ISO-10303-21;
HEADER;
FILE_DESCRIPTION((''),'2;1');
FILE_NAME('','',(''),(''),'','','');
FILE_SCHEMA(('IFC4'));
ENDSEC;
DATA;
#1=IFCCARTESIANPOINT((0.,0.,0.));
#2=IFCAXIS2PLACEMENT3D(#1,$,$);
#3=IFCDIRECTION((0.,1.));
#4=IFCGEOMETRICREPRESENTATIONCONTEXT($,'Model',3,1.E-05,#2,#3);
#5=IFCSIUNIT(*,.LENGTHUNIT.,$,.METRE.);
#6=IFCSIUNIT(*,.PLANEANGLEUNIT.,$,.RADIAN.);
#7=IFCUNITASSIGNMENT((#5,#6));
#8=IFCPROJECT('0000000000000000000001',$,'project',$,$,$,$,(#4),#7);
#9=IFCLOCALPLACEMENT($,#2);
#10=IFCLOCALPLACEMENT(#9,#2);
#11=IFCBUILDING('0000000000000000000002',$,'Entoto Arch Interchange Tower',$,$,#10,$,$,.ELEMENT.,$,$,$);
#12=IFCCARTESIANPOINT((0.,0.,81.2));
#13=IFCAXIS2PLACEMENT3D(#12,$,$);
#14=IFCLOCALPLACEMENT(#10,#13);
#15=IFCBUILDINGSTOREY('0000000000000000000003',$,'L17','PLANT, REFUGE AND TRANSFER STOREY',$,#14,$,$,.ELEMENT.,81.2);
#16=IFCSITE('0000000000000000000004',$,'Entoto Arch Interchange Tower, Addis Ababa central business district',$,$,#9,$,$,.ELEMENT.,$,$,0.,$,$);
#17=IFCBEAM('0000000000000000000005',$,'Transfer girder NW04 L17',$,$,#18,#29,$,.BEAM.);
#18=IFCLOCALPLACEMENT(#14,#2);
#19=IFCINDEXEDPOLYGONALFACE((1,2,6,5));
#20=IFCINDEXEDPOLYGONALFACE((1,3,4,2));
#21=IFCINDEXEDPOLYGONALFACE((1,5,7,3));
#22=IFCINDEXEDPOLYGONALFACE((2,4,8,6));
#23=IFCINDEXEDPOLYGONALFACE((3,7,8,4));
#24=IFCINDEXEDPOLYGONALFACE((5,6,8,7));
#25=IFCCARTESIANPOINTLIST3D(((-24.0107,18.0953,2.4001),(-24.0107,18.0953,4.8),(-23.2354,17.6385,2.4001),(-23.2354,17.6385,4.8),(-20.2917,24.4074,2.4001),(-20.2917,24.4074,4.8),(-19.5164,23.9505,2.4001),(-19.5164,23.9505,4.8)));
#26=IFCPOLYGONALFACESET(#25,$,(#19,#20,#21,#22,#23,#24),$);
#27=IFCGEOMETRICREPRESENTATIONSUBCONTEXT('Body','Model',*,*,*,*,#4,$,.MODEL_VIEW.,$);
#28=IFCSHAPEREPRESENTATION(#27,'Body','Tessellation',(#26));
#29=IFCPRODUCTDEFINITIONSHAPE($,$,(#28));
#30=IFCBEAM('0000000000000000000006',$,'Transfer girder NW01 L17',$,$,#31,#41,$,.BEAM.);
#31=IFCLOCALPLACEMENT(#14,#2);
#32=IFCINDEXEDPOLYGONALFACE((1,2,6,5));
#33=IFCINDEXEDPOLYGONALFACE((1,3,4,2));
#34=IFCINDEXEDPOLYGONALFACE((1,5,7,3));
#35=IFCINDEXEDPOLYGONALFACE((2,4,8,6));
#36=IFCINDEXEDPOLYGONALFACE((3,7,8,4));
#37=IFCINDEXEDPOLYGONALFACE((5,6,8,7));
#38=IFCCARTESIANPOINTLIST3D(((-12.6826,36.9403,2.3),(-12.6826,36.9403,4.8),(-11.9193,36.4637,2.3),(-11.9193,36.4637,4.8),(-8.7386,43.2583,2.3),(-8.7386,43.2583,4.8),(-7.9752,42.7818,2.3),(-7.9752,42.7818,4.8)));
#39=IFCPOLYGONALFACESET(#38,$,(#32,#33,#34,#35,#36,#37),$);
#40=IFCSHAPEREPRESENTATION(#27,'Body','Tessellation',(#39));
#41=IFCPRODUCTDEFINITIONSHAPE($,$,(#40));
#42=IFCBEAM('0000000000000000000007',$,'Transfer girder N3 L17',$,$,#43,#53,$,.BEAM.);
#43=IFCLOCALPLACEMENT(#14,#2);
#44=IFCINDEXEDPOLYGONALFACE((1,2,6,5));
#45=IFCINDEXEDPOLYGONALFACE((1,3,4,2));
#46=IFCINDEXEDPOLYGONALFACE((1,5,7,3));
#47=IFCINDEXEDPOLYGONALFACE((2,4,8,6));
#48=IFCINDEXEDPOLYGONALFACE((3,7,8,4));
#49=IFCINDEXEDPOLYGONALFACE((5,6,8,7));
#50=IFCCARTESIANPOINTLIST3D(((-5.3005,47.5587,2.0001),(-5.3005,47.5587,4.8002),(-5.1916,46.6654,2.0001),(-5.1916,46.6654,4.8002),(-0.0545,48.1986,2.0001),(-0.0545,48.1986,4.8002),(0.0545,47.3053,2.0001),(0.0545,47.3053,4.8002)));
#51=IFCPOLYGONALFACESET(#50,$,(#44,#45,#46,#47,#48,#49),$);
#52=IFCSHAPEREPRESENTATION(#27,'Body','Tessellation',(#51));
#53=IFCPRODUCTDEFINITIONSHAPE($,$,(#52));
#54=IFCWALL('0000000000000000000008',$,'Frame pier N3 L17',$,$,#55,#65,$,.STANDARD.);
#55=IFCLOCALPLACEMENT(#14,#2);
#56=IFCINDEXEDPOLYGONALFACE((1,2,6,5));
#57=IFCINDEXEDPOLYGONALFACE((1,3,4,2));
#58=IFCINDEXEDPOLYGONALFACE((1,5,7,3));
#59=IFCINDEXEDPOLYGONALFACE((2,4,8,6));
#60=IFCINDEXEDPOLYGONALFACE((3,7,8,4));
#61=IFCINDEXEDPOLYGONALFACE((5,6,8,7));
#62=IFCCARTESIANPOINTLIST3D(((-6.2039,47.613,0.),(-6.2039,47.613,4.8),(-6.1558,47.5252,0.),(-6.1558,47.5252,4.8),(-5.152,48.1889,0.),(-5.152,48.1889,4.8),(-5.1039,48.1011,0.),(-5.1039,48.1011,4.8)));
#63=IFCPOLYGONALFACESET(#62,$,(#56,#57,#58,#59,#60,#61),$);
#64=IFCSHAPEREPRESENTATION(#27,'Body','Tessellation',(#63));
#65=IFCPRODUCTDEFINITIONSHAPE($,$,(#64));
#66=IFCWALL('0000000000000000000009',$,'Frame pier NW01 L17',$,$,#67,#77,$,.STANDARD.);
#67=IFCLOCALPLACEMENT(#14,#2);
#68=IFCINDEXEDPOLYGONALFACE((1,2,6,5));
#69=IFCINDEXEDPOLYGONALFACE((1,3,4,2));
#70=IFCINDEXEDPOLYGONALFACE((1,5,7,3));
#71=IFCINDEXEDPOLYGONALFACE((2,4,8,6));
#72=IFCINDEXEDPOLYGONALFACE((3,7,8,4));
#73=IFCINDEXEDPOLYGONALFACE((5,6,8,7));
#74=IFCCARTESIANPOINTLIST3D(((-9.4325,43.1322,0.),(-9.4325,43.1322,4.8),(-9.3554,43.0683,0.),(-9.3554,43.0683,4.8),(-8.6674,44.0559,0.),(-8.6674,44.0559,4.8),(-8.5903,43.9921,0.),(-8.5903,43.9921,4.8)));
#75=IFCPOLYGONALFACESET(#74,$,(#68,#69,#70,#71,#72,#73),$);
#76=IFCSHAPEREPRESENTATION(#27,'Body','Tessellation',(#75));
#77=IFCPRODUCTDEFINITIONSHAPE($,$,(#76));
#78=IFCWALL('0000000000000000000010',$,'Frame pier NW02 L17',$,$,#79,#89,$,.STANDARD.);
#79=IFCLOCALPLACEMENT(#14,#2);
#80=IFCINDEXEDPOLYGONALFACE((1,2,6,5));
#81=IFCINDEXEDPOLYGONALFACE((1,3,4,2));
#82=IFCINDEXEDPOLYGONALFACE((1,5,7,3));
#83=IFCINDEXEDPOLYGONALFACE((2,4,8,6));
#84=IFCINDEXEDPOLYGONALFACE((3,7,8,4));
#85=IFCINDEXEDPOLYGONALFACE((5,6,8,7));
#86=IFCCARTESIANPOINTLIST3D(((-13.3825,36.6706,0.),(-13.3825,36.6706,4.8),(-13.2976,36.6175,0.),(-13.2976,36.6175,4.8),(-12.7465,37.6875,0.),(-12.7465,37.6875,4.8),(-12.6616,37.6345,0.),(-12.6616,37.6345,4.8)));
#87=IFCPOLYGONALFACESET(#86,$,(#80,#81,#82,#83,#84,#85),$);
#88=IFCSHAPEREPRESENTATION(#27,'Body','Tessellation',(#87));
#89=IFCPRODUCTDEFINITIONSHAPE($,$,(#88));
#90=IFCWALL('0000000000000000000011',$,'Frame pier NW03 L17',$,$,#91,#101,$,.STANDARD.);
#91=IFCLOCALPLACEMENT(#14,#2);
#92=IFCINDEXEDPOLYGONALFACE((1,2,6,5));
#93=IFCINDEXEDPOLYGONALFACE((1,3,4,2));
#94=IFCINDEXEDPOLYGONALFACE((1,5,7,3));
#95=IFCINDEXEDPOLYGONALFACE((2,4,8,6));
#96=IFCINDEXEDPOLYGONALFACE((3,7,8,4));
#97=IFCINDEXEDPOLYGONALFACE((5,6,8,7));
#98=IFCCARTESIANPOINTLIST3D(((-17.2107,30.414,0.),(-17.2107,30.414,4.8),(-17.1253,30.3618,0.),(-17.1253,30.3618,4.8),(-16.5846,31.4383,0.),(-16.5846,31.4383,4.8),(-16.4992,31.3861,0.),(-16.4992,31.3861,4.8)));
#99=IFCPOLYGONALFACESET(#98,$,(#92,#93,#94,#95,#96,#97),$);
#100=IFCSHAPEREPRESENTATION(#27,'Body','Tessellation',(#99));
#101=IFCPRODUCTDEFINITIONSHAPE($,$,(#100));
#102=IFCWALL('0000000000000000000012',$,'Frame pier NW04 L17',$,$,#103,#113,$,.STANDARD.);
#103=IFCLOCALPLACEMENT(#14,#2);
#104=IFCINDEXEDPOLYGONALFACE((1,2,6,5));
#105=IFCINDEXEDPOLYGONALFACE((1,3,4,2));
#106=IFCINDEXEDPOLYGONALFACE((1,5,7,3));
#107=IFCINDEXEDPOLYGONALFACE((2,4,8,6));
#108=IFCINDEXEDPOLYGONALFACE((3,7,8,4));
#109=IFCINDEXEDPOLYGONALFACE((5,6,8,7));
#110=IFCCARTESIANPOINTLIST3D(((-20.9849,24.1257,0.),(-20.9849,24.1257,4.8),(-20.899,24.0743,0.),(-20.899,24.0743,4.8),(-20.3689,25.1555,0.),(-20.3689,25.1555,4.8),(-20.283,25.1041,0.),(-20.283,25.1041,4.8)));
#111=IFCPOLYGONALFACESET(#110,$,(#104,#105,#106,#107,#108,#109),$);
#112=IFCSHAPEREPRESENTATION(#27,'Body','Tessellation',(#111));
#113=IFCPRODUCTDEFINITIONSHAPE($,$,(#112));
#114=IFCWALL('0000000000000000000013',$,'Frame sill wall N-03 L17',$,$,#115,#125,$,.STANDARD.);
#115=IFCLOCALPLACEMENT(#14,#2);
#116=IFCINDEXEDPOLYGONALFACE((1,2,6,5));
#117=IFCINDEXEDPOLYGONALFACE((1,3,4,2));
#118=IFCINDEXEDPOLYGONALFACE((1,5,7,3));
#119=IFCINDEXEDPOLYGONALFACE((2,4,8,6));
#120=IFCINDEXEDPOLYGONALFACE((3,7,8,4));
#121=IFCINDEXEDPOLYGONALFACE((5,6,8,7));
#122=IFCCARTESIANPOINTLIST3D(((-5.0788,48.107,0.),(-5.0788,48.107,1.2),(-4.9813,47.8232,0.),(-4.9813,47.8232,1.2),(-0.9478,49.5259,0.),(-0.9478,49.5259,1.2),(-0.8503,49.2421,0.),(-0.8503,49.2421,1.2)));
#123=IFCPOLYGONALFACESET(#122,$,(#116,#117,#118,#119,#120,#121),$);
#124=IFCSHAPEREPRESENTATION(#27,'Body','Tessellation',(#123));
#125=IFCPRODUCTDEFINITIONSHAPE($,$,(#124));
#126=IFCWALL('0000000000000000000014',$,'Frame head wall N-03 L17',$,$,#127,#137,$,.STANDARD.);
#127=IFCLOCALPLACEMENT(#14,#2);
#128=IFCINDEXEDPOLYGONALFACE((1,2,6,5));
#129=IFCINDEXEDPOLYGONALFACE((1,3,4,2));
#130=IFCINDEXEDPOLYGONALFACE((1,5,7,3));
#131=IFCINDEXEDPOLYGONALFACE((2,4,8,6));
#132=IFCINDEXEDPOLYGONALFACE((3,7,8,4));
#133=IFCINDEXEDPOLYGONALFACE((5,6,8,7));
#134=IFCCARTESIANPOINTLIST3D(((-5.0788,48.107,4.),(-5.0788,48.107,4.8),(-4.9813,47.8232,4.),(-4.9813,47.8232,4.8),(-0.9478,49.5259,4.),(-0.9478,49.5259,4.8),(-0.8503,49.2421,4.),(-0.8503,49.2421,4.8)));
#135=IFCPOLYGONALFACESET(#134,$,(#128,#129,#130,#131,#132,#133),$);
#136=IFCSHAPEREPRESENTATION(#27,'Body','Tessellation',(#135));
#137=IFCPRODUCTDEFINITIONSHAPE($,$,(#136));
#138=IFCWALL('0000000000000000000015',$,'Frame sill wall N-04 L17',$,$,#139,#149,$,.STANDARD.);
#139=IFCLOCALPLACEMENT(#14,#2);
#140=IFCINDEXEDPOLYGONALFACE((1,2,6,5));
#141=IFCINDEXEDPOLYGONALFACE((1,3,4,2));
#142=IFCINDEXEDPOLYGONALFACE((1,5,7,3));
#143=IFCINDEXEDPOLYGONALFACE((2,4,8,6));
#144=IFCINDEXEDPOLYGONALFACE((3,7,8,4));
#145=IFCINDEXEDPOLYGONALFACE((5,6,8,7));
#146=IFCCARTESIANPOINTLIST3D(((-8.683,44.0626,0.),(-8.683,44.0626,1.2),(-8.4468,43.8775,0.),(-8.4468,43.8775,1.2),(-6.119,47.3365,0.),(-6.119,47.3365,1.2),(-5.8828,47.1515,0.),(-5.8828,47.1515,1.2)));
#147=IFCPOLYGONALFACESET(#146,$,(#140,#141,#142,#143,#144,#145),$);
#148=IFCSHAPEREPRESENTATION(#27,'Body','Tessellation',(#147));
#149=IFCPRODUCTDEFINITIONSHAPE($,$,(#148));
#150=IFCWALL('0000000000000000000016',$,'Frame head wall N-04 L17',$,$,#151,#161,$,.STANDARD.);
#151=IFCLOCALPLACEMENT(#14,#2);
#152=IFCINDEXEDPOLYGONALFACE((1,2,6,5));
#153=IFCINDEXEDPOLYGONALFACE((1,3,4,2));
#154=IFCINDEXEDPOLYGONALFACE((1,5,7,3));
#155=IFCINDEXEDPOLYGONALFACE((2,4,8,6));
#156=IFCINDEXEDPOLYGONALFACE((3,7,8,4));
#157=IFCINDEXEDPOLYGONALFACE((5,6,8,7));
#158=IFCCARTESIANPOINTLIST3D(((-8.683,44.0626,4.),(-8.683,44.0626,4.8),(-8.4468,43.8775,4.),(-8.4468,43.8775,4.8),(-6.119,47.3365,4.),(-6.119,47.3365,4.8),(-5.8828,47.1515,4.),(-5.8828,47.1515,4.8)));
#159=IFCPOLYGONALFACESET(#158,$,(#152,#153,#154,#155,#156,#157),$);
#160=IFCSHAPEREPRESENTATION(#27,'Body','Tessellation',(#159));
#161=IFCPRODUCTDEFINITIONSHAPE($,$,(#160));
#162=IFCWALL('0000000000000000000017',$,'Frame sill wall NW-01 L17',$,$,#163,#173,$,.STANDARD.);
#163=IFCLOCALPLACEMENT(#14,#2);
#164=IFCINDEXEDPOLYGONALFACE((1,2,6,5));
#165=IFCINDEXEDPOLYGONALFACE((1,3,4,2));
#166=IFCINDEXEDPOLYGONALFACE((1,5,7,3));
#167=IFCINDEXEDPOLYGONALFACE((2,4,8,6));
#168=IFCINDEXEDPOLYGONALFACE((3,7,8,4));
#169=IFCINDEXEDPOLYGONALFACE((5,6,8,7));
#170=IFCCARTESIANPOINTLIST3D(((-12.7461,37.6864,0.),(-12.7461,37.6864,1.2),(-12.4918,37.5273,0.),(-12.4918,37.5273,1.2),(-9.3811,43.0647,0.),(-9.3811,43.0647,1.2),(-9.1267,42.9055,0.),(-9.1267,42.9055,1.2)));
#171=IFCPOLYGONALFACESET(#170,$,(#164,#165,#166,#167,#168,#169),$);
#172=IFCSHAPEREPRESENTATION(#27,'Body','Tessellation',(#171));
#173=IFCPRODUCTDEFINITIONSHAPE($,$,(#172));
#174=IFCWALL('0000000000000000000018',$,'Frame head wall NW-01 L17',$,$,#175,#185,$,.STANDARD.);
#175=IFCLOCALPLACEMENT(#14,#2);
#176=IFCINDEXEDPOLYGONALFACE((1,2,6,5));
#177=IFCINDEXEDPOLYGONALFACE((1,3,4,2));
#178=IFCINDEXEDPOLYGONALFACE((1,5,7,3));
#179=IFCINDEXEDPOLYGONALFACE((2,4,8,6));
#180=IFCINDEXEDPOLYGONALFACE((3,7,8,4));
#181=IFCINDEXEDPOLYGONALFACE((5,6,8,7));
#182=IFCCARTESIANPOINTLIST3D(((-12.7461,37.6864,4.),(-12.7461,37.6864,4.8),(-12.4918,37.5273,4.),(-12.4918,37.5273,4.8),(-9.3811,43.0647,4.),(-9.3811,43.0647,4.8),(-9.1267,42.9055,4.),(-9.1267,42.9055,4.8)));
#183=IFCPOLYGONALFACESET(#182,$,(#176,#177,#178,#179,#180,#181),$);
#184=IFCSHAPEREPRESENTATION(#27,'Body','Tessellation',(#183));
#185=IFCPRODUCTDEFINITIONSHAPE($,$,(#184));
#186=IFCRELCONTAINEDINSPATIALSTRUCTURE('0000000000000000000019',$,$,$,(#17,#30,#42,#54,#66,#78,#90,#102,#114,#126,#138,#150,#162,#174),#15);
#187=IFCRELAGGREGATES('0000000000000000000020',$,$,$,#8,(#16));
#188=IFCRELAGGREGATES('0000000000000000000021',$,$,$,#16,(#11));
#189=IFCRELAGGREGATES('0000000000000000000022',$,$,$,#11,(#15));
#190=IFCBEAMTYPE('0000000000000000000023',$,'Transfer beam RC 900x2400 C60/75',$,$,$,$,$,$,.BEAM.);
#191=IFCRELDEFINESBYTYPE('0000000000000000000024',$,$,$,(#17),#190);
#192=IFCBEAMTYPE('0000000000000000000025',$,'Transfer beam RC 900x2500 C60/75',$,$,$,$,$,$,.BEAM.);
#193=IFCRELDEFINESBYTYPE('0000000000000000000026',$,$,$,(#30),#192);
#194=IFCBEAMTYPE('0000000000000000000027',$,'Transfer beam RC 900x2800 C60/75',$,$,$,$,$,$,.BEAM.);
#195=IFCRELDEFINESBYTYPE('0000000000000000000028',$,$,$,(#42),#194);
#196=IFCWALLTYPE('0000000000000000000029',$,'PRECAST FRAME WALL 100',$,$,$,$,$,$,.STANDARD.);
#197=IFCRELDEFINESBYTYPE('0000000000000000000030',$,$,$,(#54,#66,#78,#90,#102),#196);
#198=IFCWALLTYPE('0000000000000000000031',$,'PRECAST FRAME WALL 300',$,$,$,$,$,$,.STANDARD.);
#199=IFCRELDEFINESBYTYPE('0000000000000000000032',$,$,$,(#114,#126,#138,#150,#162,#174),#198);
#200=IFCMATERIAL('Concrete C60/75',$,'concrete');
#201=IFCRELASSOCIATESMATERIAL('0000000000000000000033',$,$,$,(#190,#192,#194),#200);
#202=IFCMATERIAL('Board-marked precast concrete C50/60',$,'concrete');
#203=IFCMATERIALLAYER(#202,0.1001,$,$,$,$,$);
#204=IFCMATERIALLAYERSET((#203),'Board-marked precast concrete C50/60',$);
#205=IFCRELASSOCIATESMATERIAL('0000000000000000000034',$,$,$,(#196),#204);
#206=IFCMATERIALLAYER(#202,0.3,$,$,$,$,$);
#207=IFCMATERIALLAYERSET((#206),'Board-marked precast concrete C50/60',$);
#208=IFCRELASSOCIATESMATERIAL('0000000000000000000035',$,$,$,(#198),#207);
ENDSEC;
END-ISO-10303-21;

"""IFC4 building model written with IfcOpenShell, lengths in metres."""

from ifc_helpers import new_model, si_unit, direction, frame, frame_2d, origin, origin_2d, place, context, subcontext, project, spatial, rectangle, extrude, material, layer, layer_set, material_profile, profile_set, type_object, element, save


model = new_model("IFC4")

# Units and contexts
model_context = context("Model", 3, precision=1e-05, world=origin(), true_north=direction((0.0, 1.0)))
body_context = subcontext(model_context, "Body", "Model", "MODEL_VIEW")
ifc_project = project(units=[si_unit("LENGTHUNIT", "METRE"), si_unit("PLANEANGLEUNIT", "RADIAN")], contexts=[model_context])

# Site, building, storey
site_placement = place(None, origin())
site = spatial("IfcSite", under=ifc_project, at=site_placement, Name="Entoto Arch Interchange Tower, Addis Ababa central business district", CompositionType="ELEMENT", RefElevation=0.0)
building_placement = place(site_placement, origin())
building = spatial("IfcBuilding", under=site, at=building_placement, Name="Entoto Arch Interchange Tower", CompositionType="ELEMENT")
storey_placement = place(building_placement, frame((0.0, 0.0, 81.2)))
storey = spatial("IfcBuildingStorey", under=building, at=storey_placement, Name="L17", Description="PLANT, REFUGE AND TRANSFER STOREY", CompositionType="ELEMENT", Elevation=81.2)

# Shared definitions
ifc_material_1 = material(Name="Concrete C60/75", Category="concrete")

# Beams
ifc_material_profile_1 = material_profile(ifc_material_1, rectangle(XDim=0.8999, YDim=2.3999, at=origin_2d()))
ifc_profile_set_1 = profile_set([ifc_material_profile_1], Name="Concrete C60/75")
beam_type_1 = type_object("IfcBeamType", Name="Transfer beam RC 900x2400 C60/75", PredefinedType="BEAM", material=ifc_profile_set_1)
beam_1_placement = place(storey_placement, frame((-19.9041, 24.179, 3.6001), z_axis=(-0.507633, -0.861573, 0.0), x_axis=(0.861573, -0.507633, 0.0)))
element("IfcBeam", 1, at=beam_1_placement, inside=storey, type_object=beam_type_1, Name="Transfer girder NW04 L17", PredefinedType="BEAM", context=body_context, shape_type="SweptSolid", body=[
    extrude(rectangle(XDim=0.8999, YDim=2.3999, at=origin_2d()), origin(), (0.0, 0.0, 1.0), 7.3262),
])
ifc_material_profile_2 = material_profile(ifc_material_1, rectangle(XDim=0.8999, YDim=2.5, at=origin_2d()))
ifc_profile_set_2 = profile_set([ifc_material_profile_2], Name="Concrete C60/75")
beam_type_2 = type_object("IfcBeamType", Name="Transfer beam RC 900x2500 C60/75", PredefinedType="BEAM", material=ifc_profile_set_2)
beam_2_placement = place(storey_placement, frame((-8.3569, 43.02, 3.55), z_axis=(-0.529542, -0.848284, 0.0), x_axis=(0.848284, -0.529542, 0.0)))
element("IfcBeam", 2, at=beam_2_placement, inside=storey, type_object=beam_type_2, Name="Transfer girder NW01 L17", PredefinedType="BEAM", context=body_context, shape_type="SweptSolid", body=[
    extrude(rectangle(XDim=0.8999, YDim=2.5, at=origin_2d()), origin(), (0.0, 0.0, 1.0), 7.448),
])
ifc_material_profile_3 = material_profile(ifc_material_1, rectangle(XDim=0.8999, YDim=2.8, at=origin_2d()))
ifc_profile_set_3 = profile_set([ifc_material_profile_3], Name="Concrete C60/75")
beam_type_3 = type_object("IfcBeamType", Name="Transfer beam RC 900x2800 C60/75", PredefinedType="BEAM", material=ifc_profile_set_3)
beam_3_placement = place(storey_placement, frame((0.0, 47.752, 3.4001), z_axis=(-0.992643, -0.121078, 0.0), x_axis=(0.121078, -0.992643, 0.0)))
element("IfcBeam", 3, at=beam_3_placement, inside=storey, type_object=beam_type_3, Name="Transfer girder N3 L17", PredefinedType="BEAM", context=body_context, shape_type="SweptSolid", body=[
    extrude(rectangle(XDim=0.8999, YDim=2.8, at=origin_2d()), origin(), (0.0, 0.0, 1.0), 5.2849),
])

# Walls
ifc_material_2 = material(Name="Board-marked precast concrete C50/60", Category="concrete")
ifc_layer_1 = layer(ifc_material_2, 0.1001)
ifc_layer_set_1 = layer_set([ifc_layer_1], Name="Board-marked precast concrete C50/60")
wall_type_1 = type_object("IfcWallType", Name="PRECAST FRAME WALL 100", PredefinedType="STANDARD", material=ifc_layer_set_1)
wall_1_placement = place(storey_placement, frame((-5.1279, 48.145, 0.0), z_axis=(0.0, 0.0, 1.0), x_axis=(-0.877155, -0.480206, 0.0)))
element("IfcWall", 4, at=wall_1_placement, inside=storey, type_object=wall_type_1, Name="Frame pier N3 L17", PredefinedType="STANDARD", context=body_context, shape_type="SweptSolid", body=[
    extrude(rectangle(XDim=1.1992, YDim=0.1001, at=frame_2d((0.5996, 0.0))), origin(), (0.0, 0.0, 1.0), 4.8),
])
for number, where, z_axis, x_axis, name in (
    (5, (-8.6289, 44.0239, 0.0), (0.0, 0.0, 1.0), (-0.637859, -0.770153, 0.0), "Frame pier NW01 L17"),
    (6, (-12.7041, 37.6609, 0.0), (0.0, 0.0, 1.0), (-0.530273, -0.847827, 0.0), "Frame pier NW02 L17"),
):
    element("IfcWall", number, at=place(storey_placement, frame(where, z_axis=z_axis, x_axis=x_axis)), inside=storey, type_object=wall_type_1, Name=name, PredefinedType="STANDARD", context=body_context, shape_type="SweptSolid", body=[
        extrude(rectangle(XDim=1.1995, YDim=0.1001, at=frame_2d((0.5996, 0.0))), origin(), (0.0, 0.0, 1.0), 4.8),
    ])
wall_2_placement = place(storey_placement, frame((-16.542, 31.4121, 0.0), z_axis=(0.0, 0.0, 1.0), x_axis=(-0.521508, -0.853247, 0.0)))
element("IfcWall", 7, at=wall_2_placement, inside=storey, type_object=wall_type_1, Name="Frame pier NW03 L17", PredefinedType="STANDARD", context=body_context, shape_type="SweptSolid", body=[
    extrude(rectangle(XDim=1.2004, YDim=0.1001, at=frame_2d((0.6001, 0.0))), origin(), (0.0, 0.0, 1.0), 4.8),
])
wall_3_placement = place(storey_placement, frame((-20.3259, 25.1299, 0.0), z_axis=(0.0, 0.0, 1.0), x_axis=(-0.513328, -0.858192, 0.0)))
element("IfcWall", 8, at=wall_3_placement, inside=storey, type_object=wall_type_1, Name="Frame pier NW04 L17", PredefinedType="STANDARD", context=body_context, shape_type="SweptSolid", body=[
    extrude(rectangle(XDim=1.2, YDim=0.1001, at=frame_2d((0.6001, 0.0))), origin(), (0.0, 0.0, 1.0), 4.8),
])
ifc_layer_2 = layer(ifc_material_2, 0.3)
ifc_layer_set_2 = layer_set([ifc_layer_2], Name="Board-marked precast concrete C50/60")
wall_type_2 = type_object("IfcWallType", Name="PRECAST FRAME WALL 300", PredefinedType="STANDARD", material=ifc_layer_set_2)
wall_4_placement = place(storey_placement, frame((-0.8989, 49.384, 0.0), z_axis=(0.0, 0.0, 1.0), x_axis=(-0.945766, -0.32485, 0.0)))
element("IfcWall", 9, at=wall_4_placement, inside=storey, type_object=wall_type_2, Name="Frame sill wall N-03 L17", PredefinedType="STANDARD", context=body_context, shape_type="SweptSolid", body=[
    extrude(rectangle(XDim=4.3679, YDim=0.3, at=frame_2d((2.1841, 0.0))), origin(), (0.0, 0.0, 1.0), 1.2),
])
wall_5_placement = place(storey_placement, frame((-0.8989, 49.384, 4.0), z_axis=(0.0, 0.0, 1.0), x_axis=(-0.945766, -0.32485, 0.0)))
element("IfcWall", 10, at=wall_5_placement, inside=storey, type_object=wall_type_2, Name="Frame head wall N-03 L17", PredefinedType="STANDARD", context=body_context, shape_type="SweptSolid", body=[
    extrude(rectangle(XDim=4.3679, YDim=0.3, at=frame_2d((2.1841, 0.0))), origin(), (0.0, 0.0, 1.0), 0.8),
])
wall_6_placement = place(storey_placement, frame((-6.001, 47.2439, 0.0), z_axis=(0.0, 0.0, 1.0), x_axis=(-0.616571, -0.787299, 0.0)))
element("IfcWall", 11, at=wall_6_placement, inside=storey, type_object=wall_type_2, Name="Frame sill wall N-04 L17", PredefinedType="STANDARD", context=body_context, shape_type="SweptSolid", body=[
    extrude(rectangle(XDim=4.1584, YDim=0.3, at=frame_2d((2.0791, 0.0))), origin(), (0.0, 0.0, 1.0), 1.2),
])
wall_7_placement = place(storey_placement, frame((-6.001, 47.2439, 4.0), z_axis=(0.0, 0.0, 1.0), x_axis=(-0.616571, -0.787299, 0.0)))
element("IfcWall", 12, at=wall_7_placement, inside=storey, type_object=wall_type_2, Name="Frame head wall N-04 L17", PredefinedType="STANDARD", context=body_context, shape_type="SweptSolid", body=[
    extrude(rectangle(XDim=4.1584, YDim=0.3, at=frame_2d((2.0791, 0.0))), origin(), (0.0, 0.0, 1.0), 0.8),
])
wall_8_placement = place(storey_placement, frame((-9.2539, 42.9851, 0.0), z_axis=(0.0, 0.0, 1.0), x_axis=(-0.530411, -0.847741, 0.0)))
element("IfcWall", 13, at=wall_8_placement, inside=storey, type_object=wall_type_2, Name="Frame sill wall NW-01 L17", PredefinedType="STANDARD", context=body_context, shape_type="SweptSolid", body=[
    extrude(rectangle(XDim=6.3442, YDim=0.3, at=frame_2d((3.1721, 0.0))), origin(), (0.0, 0.0, 1.0), 1.2),
])
wall_9_placement = place(storey_placement, frame((-9.2539, 42.9851, 4.0), z_axis=(0.0, 0.0, 1.0), x_axis=(-0.530411, -0.847741, 0.0)))
element("IfcWall", 14, at=wall_9_placement, inside=storey, type_object=wall_type_2, Name="Frame head wall NW-01 L17", PredefinedType="STANDARD", context=body_context, shape_type="SweptSolid", body=[
    extrude(rectangle(XDim=6.3442, YDim=0.3, at=frame_2d((3.1721, 0.0))), origin(), (0.0, 0.0, 1.0), 0.8),
])

save(model, "model.ifc")
